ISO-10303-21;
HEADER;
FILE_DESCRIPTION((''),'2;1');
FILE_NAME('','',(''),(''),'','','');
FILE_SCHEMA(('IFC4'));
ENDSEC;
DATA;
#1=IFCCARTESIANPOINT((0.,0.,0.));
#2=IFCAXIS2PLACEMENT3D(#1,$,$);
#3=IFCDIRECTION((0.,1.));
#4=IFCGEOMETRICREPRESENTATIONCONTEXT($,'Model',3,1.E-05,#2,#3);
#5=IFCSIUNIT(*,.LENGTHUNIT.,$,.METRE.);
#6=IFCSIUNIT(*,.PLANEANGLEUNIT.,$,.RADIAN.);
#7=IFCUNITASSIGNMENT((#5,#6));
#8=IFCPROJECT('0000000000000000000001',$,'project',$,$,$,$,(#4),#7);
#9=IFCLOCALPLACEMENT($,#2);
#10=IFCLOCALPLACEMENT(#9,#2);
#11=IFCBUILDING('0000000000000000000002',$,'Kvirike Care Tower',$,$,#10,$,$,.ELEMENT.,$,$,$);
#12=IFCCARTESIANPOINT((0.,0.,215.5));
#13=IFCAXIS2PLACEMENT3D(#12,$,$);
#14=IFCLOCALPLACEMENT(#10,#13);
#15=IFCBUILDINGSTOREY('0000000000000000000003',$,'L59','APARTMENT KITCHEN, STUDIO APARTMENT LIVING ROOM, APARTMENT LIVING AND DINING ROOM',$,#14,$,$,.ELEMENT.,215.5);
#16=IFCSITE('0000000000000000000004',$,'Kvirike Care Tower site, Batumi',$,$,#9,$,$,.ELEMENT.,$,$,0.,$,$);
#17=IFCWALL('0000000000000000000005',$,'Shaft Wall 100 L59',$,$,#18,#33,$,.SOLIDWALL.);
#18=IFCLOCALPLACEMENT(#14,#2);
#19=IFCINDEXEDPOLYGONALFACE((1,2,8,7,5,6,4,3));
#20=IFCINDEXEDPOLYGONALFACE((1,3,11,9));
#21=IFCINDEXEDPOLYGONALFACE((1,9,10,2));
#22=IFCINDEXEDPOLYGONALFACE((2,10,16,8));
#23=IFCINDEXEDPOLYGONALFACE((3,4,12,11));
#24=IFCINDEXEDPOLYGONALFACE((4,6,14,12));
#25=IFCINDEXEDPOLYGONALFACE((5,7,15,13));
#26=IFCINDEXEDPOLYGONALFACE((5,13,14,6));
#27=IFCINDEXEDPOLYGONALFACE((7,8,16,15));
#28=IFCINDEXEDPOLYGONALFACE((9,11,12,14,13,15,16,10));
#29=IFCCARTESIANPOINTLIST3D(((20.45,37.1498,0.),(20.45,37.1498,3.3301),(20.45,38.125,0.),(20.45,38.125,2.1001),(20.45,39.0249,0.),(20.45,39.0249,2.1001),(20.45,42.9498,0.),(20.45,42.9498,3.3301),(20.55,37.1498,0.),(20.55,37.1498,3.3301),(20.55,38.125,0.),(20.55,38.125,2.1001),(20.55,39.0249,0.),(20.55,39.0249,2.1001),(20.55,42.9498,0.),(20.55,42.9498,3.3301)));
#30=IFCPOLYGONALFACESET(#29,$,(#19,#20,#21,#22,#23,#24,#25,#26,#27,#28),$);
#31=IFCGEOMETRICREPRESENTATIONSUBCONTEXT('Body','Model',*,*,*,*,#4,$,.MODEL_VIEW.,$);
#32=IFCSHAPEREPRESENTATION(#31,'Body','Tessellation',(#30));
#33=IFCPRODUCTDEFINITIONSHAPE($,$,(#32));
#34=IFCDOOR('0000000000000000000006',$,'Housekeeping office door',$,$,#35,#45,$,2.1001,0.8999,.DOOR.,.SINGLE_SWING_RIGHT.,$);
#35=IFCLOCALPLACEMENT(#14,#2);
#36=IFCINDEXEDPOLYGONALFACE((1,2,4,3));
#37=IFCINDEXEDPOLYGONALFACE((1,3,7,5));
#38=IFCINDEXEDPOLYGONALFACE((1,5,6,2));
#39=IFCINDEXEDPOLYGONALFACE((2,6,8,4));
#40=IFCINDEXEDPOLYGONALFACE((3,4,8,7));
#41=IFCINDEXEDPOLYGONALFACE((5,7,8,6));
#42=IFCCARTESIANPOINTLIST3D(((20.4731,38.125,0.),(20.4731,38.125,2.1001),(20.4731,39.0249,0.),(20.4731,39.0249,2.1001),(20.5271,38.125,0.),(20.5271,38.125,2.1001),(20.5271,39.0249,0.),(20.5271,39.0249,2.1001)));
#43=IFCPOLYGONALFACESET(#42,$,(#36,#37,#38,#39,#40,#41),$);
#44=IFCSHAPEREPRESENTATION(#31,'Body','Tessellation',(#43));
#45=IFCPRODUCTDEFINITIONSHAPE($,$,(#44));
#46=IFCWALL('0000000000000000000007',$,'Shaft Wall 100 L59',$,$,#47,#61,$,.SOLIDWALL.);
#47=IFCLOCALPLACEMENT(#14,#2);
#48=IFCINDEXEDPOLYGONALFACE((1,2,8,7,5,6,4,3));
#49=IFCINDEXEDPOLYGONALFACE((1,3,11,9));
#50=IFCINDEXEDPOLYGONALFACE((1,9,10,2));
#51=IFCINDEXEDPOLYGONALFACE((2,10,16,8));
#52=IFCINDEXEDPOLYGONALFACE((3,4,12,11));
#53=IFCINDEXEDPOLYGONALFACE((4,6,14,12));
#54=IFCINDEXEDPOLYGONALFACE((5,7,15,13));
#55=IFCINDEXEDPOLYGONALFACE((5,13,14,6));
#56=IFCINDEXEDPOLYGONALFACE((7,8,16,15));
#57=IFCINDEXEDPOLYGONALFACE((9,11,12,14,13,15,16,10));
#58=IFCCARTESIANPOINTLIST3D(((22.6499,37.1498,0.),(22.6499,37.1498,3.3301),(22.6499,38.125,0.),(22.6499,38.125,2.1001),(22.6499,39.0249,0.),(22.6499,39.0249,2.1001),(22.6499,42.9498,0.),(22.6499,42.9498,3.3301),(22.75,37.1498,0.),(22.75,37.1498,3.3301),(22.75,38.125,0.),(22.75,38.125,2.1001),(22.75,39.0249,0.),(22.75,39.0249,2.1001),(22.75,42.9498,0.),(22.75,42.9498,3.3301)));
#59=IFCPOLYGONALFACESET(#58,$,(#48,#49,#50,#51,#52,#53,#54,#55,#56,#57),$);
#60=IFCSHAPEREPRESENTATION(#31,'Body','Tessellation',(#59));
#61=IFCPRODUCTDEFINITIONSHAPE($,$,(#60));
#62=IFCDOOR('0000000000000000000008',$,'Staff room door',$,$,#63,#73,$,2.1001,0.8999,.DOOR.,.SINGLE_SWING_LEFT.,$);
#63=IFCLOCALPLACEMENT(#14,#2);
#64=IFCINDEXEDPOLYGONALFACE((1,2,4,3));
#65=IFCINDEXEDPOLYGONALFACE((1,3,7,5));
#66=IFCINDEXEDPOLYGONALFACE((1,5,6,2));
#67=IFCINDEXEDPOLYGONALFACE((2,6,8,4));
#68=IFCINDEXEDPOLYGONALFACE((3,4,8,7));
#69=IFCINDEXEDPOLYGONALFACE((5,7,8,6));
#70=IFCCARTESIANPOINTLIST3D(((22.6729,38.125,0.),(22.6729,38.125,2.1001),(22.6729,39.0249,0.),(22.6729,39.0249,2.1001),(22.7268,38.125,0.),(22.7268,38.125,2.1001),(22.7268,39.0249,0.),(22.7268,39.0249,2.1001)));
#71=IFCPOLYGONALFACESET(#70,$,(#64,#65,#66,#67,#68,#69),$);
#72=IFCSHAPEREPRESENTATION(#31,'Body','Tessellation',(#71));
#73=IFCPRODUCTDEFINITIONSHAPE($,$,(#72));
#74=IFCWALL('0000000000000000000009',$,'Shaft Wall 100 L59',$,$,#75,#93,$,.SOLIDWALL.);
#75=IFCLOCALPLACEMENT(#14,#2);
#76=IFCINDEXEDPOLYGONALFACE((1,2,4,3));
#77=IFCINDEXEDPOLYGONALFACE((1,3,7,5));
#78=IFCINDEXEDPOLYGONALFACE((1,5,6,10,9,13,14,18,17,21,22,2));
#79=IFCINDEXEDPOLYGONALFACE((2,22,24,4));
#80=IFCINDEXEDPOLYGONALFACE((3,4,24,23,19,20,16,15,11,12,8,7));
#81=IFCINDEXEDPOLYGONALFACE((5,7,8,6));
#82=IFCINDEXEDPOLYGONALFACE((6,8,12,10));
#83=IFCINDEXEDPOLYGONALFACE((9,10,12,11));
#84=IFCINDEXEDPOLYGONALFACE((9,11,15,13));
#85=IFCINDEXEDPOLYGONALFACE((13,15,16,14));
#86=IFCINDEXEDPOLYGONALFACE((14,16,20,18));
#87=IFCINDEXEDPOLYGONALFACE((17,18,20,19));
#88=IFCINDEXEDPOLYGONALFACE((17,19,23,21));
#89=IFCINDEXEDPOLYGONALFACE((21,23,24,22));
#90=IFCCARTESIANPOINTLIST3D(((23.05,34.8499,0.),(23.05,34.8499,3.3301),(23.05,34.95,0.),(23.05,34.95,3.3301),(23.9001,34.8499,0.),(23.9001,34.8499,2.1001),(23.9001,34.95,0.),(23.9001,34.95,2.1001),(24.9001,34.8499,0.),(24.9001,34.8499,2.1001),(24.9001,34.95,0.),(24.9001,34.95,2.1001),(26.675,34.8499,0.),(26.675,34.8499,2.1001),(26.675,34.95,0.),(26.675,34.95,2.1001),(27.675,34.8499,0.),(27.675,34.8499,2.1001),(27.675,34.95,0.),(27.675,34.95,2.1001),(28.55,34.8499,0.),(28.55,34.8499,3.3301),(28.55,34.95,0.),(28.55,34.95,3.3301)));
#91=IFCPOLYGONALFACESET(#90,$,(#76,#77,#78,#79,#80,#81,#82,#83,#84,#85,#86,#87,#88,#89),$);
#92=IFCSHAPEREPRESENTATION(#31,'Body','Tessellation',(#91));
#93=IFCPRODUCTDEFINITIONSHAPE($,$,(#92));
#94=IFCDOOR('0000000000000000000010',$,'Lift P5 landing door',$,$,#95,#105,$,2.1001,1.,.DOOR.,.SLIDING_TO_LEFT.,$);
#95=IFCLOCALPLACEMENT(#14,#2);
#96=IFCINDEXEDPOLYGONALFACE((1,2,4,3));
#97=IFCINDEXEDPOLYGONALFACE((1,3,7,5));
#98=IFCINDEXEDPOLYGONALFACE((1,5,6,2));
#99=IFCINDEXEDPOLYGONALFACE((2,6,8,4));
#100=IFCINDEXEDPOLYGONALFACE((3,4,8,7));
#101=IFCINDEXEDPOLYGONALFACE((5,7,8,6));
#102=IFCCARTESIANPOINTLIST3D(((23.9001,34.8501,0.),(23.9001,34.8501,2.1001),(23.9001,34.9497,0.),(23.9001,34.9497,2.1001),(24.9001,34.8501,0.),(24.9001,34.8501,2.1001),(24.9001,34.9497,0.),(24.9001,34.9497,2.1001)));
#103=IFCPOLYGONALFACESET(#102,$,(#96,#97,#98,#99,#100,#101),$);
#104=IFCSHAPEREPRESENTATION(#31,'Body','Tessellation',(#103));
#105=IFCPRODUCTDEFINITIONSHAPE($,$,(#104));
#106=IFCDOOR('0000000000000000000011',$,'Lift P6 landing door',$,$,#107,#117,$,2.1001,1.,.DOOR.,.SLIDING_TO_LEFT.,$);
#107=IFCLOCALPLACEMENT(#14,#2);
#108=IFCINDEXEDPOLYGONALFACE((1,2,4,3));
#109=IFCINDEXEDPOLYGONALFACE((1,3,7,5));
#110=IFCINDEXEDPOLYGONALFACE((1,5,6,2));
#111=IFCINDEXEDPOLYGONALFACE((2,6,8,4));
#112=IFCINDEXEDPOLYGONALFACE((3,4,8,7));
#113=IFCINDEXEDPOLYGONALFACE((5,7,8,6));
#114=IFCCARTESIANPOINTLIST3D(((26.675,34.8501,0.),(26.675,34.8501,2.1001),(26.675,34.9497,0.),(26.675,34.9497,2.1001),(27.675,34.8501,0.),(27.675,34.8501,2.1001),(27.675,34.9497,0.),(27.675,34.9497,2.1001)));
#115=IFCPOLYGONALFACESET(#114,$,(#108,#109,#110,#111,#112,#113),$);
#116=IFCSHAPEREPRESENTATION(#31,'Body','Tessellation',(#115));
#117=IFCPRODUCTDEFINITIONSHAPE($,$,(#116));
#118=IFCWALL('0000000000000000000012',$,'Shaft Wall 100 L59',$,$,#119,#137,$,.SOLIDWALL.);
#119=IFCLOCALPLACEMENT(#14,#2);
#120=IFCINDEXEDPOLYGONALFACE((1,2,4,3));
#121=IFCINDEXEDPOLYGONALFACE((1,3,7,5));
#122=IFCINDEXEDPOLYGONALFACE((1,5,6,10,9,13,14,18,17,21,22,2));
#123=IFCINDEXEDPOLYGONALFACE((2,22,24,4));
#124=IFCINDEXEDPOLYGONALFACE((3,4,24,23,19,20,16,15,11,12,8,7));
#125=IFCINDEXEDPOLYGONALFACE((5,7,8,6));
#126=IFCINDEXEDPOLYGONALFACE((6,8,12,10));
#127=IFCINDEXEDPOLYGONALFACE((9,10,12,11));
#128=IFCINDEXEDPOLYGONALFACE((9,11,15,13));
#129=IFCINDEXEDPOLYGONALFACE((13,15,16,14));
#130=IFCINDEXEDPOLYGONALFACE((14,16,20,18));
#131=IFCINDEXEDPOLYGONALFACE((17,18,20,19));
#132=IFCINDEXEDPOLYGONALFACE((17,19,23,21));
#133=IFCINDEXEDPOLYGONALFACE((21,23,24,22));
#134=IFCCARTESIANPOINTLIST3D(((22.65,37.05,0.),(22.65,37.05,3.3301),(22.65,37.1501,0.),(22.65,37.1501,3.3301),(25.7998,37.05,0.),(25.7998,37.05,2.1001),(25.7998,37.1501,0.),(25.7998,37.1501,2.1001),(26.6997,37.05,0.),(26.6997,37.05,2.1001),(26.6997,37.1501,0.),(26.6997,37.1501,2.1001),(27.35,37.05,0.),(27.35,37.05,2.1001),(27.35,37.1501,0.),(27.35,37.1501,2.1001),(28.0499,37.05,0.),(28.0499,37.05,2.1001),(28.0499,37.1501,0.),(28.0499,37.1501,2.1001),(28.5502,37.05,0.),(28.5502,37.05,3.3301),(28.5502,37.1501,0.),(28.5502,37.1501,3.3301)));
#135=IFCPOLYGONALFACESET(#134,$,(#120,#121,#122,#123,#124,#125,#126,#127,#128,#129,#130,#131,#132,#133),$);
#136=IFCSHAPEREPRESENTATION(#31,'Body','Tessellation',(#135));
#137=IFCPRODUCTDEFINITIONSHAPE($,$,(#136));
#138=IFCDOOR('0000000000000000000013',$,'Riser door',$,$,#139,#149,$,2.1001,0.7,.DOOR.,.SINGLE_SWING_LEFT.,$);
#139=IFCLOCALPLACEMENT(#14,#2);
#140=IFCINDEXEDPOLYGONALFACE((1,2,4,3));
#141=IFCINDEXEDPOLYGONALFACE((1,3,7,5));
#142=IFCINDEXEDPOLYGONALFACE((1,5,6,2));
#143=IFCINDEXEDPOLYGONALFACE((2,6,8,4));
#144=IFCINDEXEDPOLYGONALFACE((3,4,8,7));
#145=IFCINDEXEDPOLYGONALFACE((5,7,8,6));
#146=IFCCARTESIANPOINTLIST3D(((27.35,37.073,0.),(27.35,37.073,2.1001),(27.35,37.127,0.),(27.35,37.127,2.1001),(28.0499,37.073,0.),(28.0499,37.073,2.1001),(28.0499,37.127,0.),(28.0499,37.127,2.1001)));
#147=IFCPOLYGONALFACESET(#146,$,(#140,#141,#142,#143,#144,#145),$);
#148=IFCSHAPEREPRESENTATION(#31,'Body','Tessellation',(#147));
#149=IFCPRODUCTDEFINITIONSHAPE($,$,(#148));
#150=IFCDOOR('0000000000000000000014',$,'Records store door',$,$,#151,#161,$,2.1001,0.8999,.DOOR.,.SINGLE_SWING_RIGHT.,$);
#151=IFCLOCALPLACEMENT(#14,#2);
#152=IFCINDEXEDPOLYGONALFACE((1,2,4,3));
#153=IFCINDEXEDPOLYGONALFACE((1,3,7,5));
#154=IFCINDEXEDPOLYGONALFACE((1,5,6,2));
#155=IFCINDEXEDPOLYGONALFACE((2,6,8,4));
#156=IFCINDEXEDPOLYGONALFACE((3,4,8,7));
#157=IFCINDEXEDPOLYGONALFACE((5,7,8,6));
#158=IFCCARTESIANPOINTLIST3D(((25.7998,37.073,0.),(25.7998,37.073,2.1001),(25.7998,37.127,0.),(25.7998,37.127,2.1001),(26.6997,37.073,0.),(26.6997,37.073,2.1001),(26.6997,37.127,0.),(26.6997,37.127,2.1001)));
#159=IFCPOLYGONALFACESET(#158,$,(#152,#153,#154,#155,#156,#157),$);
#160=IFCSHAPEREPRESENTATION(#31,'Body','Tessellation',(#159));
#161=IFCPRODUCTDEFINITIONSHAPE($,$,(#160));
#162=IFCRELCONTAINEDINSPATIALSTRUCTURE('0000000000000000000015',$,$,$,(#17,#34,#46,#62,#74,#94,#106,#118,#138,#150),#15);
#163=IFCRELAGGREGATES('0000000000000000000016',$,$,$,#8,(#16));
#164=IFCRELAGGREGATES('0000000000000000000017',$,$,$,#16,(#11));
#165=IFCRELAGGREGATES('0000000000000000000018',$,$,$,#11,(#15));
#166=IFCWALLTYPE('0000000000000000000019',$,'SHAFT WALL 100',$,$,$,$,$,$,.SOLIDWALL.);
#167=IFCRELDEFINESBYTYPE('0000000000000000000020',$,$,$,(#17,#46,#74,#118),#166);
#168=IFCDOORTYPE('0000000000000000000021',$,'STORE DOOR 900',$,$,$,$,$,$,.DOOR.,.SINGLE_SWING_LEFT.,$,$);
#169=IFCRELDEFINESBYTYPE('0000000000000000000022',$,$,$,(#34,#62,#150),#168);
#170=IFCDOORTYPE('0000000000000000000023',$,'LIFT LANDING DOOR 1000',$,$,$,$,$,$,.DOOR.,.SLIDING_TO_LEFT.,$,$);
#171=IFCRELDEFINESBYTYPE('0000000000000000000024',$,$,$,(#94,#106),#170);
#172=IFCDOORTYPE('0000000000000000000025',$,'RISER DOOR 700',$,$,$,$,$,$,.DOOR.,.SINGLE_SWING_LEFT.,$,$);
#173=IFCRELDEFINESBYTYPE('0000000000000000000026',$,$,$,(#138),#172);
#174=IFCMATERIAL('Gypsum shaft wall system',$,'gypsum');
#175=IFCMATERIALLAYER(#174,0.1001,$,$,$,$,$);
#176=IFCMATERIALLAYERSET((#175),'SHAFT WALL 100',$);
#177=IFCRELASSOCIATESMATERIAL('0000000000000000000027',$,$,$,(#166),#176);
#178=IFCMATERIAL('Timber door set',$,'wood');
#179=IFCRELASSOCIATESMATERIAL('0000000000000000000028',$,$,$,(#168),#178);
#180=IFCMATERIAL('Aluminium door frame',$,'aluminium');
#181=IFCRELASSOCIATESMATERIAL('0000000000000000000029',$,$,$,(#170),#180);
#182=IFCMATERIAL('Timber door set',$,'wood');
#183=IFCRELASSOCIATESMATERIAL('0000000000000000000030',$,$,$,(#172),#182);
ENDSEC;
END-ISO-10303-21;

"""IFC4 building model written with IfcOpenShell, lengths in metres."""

from ifc_helpers import new_model, si_unit, direction, frame, frame_2d, origin, place, context, subcontext, project, spatial, rectangle, extrude, material, layer, layer_set, type_object, element, fill, save


model = new_model("IFC4")

# Units and contexts
model_context = context("Model", 3, precision=1e-05, world=origin(), true_north=direction((0.0, 1.0)))
body_context = subcontext(model_context, "Body", "Model", "MODEL_VIEW")
ifc_project = project(units=[si_unit("LENGTHUNIT", "METRE"), si_unit("PLANEANGLEUNIT", "RADIAN")], contexts=[model_context])

# Site, building, storey
site_placement = place(None, origin())
site = spatial("IfcSite", under=ifc_project, at=site_placement, Name="Kvirike Care Tower site, Batumi", CompositionType="ELEMENT", RefElevation=0.0)
building_placement = place(site_placement, origin())
building = spatial("IfcBuilding", under=site, at=building_placement, Name="Kvirike Care Tower", CompositionType="ELEMENT")
storey_placement = place(building_placement, frame((0.0, 0.0, 215.5)))
storey = spatial("IfcBuildingStorey", under=building, at=storey_placement, Name="L59", Description="APARTMENT KITCHEN, STUDIO APARTMENT LIVING ROOM, APARTMENT LIVING AND DINING ROOM", CompositionType="ELEMENT", Elevation=215.5)

# Shared definitions
ifc_material_1 = material(Name="Gypsum shaft wall system", Category="gypsum")
ifc_layer_1 = layer(ifc_material_1, 0.1001)
ifc_layer_set_1 = layer_set([ifc_layer_1], Name="SHAFT WALL 100")
wall_type_1 = type_object("IfcWallType", Name="SHAFT WALL 100", PredefinedType="SOLIDWALL", material=ifc_layer_set_1)

# Walls, openings, doors
wall_1_placement = place(storey_placement, frame((20.5, 37.1499, 0.0), z_axis=(0.0, 0.0, 1.0), x_axis=(0.0, 1.0, 0.0)))
wall_1 = element("IfcWall", 1, at=wall_1_placement, inside=storey, type_object=wall_type_1, Name="Shaft Wall 100 L59", PredefinedType="SOLIDWALL", context=body_context, shape_type="SweptSolid", body=[
    extrude(rectangle(XDim=5.8, YDim=0.1001, at=frame_2d((2.8999, 0.0))), origin(), (0.0, 0.0, 1.0), 3.3301),
])
opening_1_placement = place(wall_1_placement, frame((0.9751, 0.0, 0.0)))
opening_1 = element("IfcOpeningElement", 2, at=opening_1_placement, cuts=wall_1, PredefinedType="OPENING", context=body_context, shape_type="SweptSolid", body=[
    extrude(rectangle(XDim=0.8999, YDim=2.1001, at=frame_2d((0.45, 1.05))), frame((0.0, 0.0605, 0.0), z_axis=(0.0, -1.0, 0.0), x_axis=(1.0, 0.0, 0.0)), (0.0, 0.0, 1.0), 0.1211),
])
ifc_material_2 = material(Name="Timber door set", Category="wood")
door_type_1 = type_object("IfcDoorType", Name="STORE DOOR 900", OperationType="SINGLE_SWING_LEFT", PredefinedType="DOOR", material=ifc_material_2)
door_1_placement = place(opening_1_placement, origin())
door_1 = element("IfcDoor", 3, at=door_1_placement, inside=storey, type_object=door_type_1, Name="Housekeeping office door", OperationType="SINGLE_SWING_RIGHT", OverallHeight=2.1001, OverallWidth=0.8999, PredefinedType="DOOR", context=body_context, shape_type="SweptSolid", body=[
    extrude(rectangle(XDim=0.8999, YDim=2.1001, at=frame_2d((0.45, 1.05))), frame((0.0, 0.0269, 0.0), z_axis=(0.0, -1.0, 0.0), x_axis=(1.0, 0.0, 0.0)), (0.0, 0.0, 1.0), 0.054),
])
fill(opening_1, door_1)
wall_2_placement = place(storey_placement, frame((22.7, 37.1499, 0.0), z_axis=(0.0, 0.0, 1.0), x_axis=(0.0, 1.0, 0.0)))
wall_2 = element("IfcWall", 4, at=wall_2_placement, inside=storey, type_object=wall_type_1, Name="Shaft Wall 100 L59", PredefinedType="SOLIDWALL", context=body_context, shape_type="SweptSolid", body=[
    extrude(rectangle(XDim=5.8, YDim=0.1001, at=frame_2d((2.8999, 0.0))), origin(), (0.0, 0.0, 1.0), 3.3301),
])
opening_2_placement = place(wall_2_placement, frame((0.9751, 0.0, 0.0)))
opening_2 = element("IfcOpeningElement", 5, at=opening_2_placement, cuts=wall_2, PredefinedType="OPENING", context=body_context, shape_type="SweptSolid", body=[
    extrude(rectangle(XDim=0.8999, YDim=2.1001, at=frame_2d((0.45, 1.05))), frame((0.0, 0.0605, 0.0), z_axis=(0.0, -1.0, 0.0), x_axis=(1.0, 0.0, 0.0)), (0.0, 0.0, 1.0), 0.1211),
])
door_2_placement = place(opening_2_placement, frame((0.8999, 0.0, 0.0), z_axis=(0.0, 0.0, 1.0), x_axis=(-1.0, 0.0, 0.0)))
door_2 = element("IfcDoor", 6, at=door_2_placement, inside=storey, type_object=door_type_1, Name="Staff room door", OperationType="SINGLE_SWING_LEFT", OverallHeight=2.1001, OverallWidth=0.8999, PredefinedType="DOOR", context=body_context, shape_type="SweptSolid", body=[
    extrude(rectangle(XDim=0.8999, YDim=2.1001, at=frame_2d((0.45, 1.05))), frame((0.0, 0.0269, 0.0), z_axis=(0.0, -1.0, 0.0), x_axis=(1.0, 0.0, 0.0)), (0.0, 0.0, 1.0), 0.054),
])
fill(opening_2, door_2)

# Walls, openings, doors
wall_3_placement = place(storey_placement, frame((23.05, 34.8999, 0.0), z_axis=(0.0, 0.0, 1.0), x_axis=(1.0, 0.0, 0.0)))
wall_3 = element("IfcWall", 7, at=wall_3_placement, inside=storey, type_object=wall_type_1, Name="Shaft Wall 100 L59", PredefinedType="SOLIDWALL", context=body_context, shape_type="SweptSolid", body=[
    extrude(rectangle(XDim=5.5, YDim=0.1001, at=frame_2d((2.75, 0.0))), origin(), (0.0, 0.0, 1.0), 3.3301),
])
opening_3_placement = place(wall_3_placement, frame((0.8501, 0.0, 0.0)))
opening_3 = element("IfcOpeningElement", 8, at=opening_3_placement, cuts=wall_3, PredefinedType="OPENING", context=body_context, shape_type="SweptSolid", body=[
    extrude(rectangle(XDim=1.0, YDim=2.1001, at=frame_2d((0.5, 1.05))), frame((0.0, 0.0605, 0.0), z_axis=(0.0, -1.0, 0.0), x_axis=(1.0, 0.0, 0.0)), (0.0, 0.0, 1.0), 0.1211),
])
opening_4_placement = place(wall_3_placement, frame((3.625, 0.0, 0.0)))
opening_4 = element("IfcOpeningElement", 9, at=opening_4_placement, cuts=wall_3, PredefinedType="OPENING", context=body_context, shape_type="SweptSolid", body=[
    extrude(rectangle(XDim=1.0, YDim=2.1001, at=frame_2d((0.5, 1.05))), frame((0.0, 0.0605, 0.0), z_axis=(0.0, -1.0, 0.0), x_axis=(1.0, 0.0, 0.0)), (0.0, 0.0, 1.0), 0.1211),
])
ifc_material_3 = material(Name="Aluminium door frame", Category="aluminium")
door_type_2 = type_object("IfcDoorType", Name="LIFT LANDING DOOR 1000", OperationType="SLIDING_TO_LEFT", PredefinedType="DOOR", material=ifc_material_3)
door_3_placement = place(opening_3_placement, origin())
door_3 = element("IfcDoor", 10, at=door_3_placement, inside=storey, type_object=door_type_2, Name="Lift P5 landing door", OperationType="SLIDING_TO_LEFT", OverallHeight=2.1001, OverallWidth=1.0, PredefinedType="DOOR", context=body_context, shape_type="SweptSolid", body=[
    extrude(rectangle(XDim=1.0, YDim=2.1001, at=frame_2d((0.5, 1.05))), frame((0.0, 0.0498, 0.0), z_axis=(0.0, -1.0, 0.0), x_axis=(1.0, 0.0, 0.0)), (0.0, 0.0, 1.0), 0.0996),
])
fill(opening_3, door_3)
door_4_placement = place(opening_4_placement, origin())
door_4 = element("IfcDoor", 11, at=door_4_placement, inside=storey, type_object=door_type_2, Name="Lift P6 landing door", OperationType="SLIDING_TO_LEFT", OverallHeight=2.1001, OverallWidth=1.0, PredefinedType="DOOR", context=body_context, shape_type="SweptSolid", body=[
    extrude(rectangle(XDim=1.0, YDim=2.1001, at=frame_2d((0.5, 1.05))), frame((0.0, 0.0498, 0.0), z_axis=(0.0, -1.0, 0.0), x_axis=(1.0, 0.0, 0.0)), (0.0, 0.0, 1.0), 0.0996),
])
fill(opening_4, door_4)
wall_4_placement = place(storey_placement, frame((22.6499, 37.1001, 0.0), z_axis=(0.0, 0.0, 1.0), x_axis=(1.0, 0.0, 0.0)))
wall_4 = element("IfcWall", 12, at=wall_4_placement, inside=storey, type_object=wall_type_1, Name="Shaft Wall 100 L59", PredefinedType="SOLIDWALL", context=body_context, shape_type="SweptSolid", body=[
    extrude(rectangle(XDim=5.9001, YDim=0.1001, at=frame_2d((2.9502, 0.0))), origin(), (0.0, 0.0, 1.0), 3.3301),
])
opening_5_placement = place(wall_4_placement, frame((3.1499, 0.0, 0.0)))
opening_5 = element("IfcOpeningElement", 13, at=opening_5_placement, cuts=wall_4, PredefinedType="OPENING", context=body_context, shape_type="SweptSolid", body=[
    extrude(rectangle(XDim=0.8999, YDim=2.1001, at=frame_2d((0.45, 1.05))), frame((0.0, 0.0605, 0.0), z_axis=(0.0, -1.0, 0.0), x_axis=(1.0, 0.0, 0.0)), (0.0, 0.0, 1.0), 0.1211),
])
opening_6_placement = place(wall_4_placement, frame((4.7, 0.0, 0.0)))
opening_6 = element("IfcOpeningElement", 14, at=opening_6_placement, cuts=wall_4, PredefinedType="OPENING", context=body_context, shape_type="SweptSolid", body=[
    extrude(rectangle(XDim=0.7, YDim=2.1001, at=frame_2d((0.3501, 1.05))), frame((0.0, 0.0605, 0.0), z_axis=(0.0, -1.0, 0.0), x_axis=(1.0, 0.0, 0.0)), (0.0, 0.0, 1.0), 0.1211),
])
ifc_material_4 = material(Name="Timber door set", Category="wood")
door_type_3 = type_object("IfcDoorType", Name="RISER DOOR 700", OperationType="SINGLE_SWING_LEFT", PredefinedType="DOOR", material=ifc_material_4)
door_5_placement = place(opening_6_placement, origin())
door_5 = element("IfcDoor", 15, at=door_5_placement, inside=storey, type_object=door_type_3, Name="Riser door", OperationType="SINGLE_SWING_LEFT", OverallHeight=2.1001, OverallWidth=0.7, PredefinedType="DOOR", context=body_context, shape_type="SweptSolid", body=[
    extrude(rectangle(XDim=0.7, YDim=2.1001, at=frame_2d((0.3501, 1.05))), frame((0.0, 0.0269, 0.0), z_axis=(0.0, -1.0, 0.0), x_axis=(1.0, 0.0, 0.0)), (0.0, 0.0, 1.0), 0.054),
])
fill(opening_6, door_5)
door_6_placement = place(opening_5_placement, origin())
door_6 = element("IfcDoor", 16, at=door_6_placement, inside=storey, type_object=door_type_1, Name="Records store door", OperationType="SINGLE_SWING_RIGHT", OverallHeight=2.1001, OverallWidth=0.8999, PredefinedType="DOOR", context=body_context, shape_type="SweptSolid", body=[
    extrude(rectangle(XDim=0.8999, YDim=2.1001, at=frame_2d((0.45, 1.05))), frame((0.0, 0.0269, 0.0), z_axis=(0.0, -1.0, 0.0), x_axis=(1.0, 0.0, 0.0)), (0.0, 0.0, 1.0), 0.054),
])
fill(opening_5, door_6)

save(model, "model.ifc")
